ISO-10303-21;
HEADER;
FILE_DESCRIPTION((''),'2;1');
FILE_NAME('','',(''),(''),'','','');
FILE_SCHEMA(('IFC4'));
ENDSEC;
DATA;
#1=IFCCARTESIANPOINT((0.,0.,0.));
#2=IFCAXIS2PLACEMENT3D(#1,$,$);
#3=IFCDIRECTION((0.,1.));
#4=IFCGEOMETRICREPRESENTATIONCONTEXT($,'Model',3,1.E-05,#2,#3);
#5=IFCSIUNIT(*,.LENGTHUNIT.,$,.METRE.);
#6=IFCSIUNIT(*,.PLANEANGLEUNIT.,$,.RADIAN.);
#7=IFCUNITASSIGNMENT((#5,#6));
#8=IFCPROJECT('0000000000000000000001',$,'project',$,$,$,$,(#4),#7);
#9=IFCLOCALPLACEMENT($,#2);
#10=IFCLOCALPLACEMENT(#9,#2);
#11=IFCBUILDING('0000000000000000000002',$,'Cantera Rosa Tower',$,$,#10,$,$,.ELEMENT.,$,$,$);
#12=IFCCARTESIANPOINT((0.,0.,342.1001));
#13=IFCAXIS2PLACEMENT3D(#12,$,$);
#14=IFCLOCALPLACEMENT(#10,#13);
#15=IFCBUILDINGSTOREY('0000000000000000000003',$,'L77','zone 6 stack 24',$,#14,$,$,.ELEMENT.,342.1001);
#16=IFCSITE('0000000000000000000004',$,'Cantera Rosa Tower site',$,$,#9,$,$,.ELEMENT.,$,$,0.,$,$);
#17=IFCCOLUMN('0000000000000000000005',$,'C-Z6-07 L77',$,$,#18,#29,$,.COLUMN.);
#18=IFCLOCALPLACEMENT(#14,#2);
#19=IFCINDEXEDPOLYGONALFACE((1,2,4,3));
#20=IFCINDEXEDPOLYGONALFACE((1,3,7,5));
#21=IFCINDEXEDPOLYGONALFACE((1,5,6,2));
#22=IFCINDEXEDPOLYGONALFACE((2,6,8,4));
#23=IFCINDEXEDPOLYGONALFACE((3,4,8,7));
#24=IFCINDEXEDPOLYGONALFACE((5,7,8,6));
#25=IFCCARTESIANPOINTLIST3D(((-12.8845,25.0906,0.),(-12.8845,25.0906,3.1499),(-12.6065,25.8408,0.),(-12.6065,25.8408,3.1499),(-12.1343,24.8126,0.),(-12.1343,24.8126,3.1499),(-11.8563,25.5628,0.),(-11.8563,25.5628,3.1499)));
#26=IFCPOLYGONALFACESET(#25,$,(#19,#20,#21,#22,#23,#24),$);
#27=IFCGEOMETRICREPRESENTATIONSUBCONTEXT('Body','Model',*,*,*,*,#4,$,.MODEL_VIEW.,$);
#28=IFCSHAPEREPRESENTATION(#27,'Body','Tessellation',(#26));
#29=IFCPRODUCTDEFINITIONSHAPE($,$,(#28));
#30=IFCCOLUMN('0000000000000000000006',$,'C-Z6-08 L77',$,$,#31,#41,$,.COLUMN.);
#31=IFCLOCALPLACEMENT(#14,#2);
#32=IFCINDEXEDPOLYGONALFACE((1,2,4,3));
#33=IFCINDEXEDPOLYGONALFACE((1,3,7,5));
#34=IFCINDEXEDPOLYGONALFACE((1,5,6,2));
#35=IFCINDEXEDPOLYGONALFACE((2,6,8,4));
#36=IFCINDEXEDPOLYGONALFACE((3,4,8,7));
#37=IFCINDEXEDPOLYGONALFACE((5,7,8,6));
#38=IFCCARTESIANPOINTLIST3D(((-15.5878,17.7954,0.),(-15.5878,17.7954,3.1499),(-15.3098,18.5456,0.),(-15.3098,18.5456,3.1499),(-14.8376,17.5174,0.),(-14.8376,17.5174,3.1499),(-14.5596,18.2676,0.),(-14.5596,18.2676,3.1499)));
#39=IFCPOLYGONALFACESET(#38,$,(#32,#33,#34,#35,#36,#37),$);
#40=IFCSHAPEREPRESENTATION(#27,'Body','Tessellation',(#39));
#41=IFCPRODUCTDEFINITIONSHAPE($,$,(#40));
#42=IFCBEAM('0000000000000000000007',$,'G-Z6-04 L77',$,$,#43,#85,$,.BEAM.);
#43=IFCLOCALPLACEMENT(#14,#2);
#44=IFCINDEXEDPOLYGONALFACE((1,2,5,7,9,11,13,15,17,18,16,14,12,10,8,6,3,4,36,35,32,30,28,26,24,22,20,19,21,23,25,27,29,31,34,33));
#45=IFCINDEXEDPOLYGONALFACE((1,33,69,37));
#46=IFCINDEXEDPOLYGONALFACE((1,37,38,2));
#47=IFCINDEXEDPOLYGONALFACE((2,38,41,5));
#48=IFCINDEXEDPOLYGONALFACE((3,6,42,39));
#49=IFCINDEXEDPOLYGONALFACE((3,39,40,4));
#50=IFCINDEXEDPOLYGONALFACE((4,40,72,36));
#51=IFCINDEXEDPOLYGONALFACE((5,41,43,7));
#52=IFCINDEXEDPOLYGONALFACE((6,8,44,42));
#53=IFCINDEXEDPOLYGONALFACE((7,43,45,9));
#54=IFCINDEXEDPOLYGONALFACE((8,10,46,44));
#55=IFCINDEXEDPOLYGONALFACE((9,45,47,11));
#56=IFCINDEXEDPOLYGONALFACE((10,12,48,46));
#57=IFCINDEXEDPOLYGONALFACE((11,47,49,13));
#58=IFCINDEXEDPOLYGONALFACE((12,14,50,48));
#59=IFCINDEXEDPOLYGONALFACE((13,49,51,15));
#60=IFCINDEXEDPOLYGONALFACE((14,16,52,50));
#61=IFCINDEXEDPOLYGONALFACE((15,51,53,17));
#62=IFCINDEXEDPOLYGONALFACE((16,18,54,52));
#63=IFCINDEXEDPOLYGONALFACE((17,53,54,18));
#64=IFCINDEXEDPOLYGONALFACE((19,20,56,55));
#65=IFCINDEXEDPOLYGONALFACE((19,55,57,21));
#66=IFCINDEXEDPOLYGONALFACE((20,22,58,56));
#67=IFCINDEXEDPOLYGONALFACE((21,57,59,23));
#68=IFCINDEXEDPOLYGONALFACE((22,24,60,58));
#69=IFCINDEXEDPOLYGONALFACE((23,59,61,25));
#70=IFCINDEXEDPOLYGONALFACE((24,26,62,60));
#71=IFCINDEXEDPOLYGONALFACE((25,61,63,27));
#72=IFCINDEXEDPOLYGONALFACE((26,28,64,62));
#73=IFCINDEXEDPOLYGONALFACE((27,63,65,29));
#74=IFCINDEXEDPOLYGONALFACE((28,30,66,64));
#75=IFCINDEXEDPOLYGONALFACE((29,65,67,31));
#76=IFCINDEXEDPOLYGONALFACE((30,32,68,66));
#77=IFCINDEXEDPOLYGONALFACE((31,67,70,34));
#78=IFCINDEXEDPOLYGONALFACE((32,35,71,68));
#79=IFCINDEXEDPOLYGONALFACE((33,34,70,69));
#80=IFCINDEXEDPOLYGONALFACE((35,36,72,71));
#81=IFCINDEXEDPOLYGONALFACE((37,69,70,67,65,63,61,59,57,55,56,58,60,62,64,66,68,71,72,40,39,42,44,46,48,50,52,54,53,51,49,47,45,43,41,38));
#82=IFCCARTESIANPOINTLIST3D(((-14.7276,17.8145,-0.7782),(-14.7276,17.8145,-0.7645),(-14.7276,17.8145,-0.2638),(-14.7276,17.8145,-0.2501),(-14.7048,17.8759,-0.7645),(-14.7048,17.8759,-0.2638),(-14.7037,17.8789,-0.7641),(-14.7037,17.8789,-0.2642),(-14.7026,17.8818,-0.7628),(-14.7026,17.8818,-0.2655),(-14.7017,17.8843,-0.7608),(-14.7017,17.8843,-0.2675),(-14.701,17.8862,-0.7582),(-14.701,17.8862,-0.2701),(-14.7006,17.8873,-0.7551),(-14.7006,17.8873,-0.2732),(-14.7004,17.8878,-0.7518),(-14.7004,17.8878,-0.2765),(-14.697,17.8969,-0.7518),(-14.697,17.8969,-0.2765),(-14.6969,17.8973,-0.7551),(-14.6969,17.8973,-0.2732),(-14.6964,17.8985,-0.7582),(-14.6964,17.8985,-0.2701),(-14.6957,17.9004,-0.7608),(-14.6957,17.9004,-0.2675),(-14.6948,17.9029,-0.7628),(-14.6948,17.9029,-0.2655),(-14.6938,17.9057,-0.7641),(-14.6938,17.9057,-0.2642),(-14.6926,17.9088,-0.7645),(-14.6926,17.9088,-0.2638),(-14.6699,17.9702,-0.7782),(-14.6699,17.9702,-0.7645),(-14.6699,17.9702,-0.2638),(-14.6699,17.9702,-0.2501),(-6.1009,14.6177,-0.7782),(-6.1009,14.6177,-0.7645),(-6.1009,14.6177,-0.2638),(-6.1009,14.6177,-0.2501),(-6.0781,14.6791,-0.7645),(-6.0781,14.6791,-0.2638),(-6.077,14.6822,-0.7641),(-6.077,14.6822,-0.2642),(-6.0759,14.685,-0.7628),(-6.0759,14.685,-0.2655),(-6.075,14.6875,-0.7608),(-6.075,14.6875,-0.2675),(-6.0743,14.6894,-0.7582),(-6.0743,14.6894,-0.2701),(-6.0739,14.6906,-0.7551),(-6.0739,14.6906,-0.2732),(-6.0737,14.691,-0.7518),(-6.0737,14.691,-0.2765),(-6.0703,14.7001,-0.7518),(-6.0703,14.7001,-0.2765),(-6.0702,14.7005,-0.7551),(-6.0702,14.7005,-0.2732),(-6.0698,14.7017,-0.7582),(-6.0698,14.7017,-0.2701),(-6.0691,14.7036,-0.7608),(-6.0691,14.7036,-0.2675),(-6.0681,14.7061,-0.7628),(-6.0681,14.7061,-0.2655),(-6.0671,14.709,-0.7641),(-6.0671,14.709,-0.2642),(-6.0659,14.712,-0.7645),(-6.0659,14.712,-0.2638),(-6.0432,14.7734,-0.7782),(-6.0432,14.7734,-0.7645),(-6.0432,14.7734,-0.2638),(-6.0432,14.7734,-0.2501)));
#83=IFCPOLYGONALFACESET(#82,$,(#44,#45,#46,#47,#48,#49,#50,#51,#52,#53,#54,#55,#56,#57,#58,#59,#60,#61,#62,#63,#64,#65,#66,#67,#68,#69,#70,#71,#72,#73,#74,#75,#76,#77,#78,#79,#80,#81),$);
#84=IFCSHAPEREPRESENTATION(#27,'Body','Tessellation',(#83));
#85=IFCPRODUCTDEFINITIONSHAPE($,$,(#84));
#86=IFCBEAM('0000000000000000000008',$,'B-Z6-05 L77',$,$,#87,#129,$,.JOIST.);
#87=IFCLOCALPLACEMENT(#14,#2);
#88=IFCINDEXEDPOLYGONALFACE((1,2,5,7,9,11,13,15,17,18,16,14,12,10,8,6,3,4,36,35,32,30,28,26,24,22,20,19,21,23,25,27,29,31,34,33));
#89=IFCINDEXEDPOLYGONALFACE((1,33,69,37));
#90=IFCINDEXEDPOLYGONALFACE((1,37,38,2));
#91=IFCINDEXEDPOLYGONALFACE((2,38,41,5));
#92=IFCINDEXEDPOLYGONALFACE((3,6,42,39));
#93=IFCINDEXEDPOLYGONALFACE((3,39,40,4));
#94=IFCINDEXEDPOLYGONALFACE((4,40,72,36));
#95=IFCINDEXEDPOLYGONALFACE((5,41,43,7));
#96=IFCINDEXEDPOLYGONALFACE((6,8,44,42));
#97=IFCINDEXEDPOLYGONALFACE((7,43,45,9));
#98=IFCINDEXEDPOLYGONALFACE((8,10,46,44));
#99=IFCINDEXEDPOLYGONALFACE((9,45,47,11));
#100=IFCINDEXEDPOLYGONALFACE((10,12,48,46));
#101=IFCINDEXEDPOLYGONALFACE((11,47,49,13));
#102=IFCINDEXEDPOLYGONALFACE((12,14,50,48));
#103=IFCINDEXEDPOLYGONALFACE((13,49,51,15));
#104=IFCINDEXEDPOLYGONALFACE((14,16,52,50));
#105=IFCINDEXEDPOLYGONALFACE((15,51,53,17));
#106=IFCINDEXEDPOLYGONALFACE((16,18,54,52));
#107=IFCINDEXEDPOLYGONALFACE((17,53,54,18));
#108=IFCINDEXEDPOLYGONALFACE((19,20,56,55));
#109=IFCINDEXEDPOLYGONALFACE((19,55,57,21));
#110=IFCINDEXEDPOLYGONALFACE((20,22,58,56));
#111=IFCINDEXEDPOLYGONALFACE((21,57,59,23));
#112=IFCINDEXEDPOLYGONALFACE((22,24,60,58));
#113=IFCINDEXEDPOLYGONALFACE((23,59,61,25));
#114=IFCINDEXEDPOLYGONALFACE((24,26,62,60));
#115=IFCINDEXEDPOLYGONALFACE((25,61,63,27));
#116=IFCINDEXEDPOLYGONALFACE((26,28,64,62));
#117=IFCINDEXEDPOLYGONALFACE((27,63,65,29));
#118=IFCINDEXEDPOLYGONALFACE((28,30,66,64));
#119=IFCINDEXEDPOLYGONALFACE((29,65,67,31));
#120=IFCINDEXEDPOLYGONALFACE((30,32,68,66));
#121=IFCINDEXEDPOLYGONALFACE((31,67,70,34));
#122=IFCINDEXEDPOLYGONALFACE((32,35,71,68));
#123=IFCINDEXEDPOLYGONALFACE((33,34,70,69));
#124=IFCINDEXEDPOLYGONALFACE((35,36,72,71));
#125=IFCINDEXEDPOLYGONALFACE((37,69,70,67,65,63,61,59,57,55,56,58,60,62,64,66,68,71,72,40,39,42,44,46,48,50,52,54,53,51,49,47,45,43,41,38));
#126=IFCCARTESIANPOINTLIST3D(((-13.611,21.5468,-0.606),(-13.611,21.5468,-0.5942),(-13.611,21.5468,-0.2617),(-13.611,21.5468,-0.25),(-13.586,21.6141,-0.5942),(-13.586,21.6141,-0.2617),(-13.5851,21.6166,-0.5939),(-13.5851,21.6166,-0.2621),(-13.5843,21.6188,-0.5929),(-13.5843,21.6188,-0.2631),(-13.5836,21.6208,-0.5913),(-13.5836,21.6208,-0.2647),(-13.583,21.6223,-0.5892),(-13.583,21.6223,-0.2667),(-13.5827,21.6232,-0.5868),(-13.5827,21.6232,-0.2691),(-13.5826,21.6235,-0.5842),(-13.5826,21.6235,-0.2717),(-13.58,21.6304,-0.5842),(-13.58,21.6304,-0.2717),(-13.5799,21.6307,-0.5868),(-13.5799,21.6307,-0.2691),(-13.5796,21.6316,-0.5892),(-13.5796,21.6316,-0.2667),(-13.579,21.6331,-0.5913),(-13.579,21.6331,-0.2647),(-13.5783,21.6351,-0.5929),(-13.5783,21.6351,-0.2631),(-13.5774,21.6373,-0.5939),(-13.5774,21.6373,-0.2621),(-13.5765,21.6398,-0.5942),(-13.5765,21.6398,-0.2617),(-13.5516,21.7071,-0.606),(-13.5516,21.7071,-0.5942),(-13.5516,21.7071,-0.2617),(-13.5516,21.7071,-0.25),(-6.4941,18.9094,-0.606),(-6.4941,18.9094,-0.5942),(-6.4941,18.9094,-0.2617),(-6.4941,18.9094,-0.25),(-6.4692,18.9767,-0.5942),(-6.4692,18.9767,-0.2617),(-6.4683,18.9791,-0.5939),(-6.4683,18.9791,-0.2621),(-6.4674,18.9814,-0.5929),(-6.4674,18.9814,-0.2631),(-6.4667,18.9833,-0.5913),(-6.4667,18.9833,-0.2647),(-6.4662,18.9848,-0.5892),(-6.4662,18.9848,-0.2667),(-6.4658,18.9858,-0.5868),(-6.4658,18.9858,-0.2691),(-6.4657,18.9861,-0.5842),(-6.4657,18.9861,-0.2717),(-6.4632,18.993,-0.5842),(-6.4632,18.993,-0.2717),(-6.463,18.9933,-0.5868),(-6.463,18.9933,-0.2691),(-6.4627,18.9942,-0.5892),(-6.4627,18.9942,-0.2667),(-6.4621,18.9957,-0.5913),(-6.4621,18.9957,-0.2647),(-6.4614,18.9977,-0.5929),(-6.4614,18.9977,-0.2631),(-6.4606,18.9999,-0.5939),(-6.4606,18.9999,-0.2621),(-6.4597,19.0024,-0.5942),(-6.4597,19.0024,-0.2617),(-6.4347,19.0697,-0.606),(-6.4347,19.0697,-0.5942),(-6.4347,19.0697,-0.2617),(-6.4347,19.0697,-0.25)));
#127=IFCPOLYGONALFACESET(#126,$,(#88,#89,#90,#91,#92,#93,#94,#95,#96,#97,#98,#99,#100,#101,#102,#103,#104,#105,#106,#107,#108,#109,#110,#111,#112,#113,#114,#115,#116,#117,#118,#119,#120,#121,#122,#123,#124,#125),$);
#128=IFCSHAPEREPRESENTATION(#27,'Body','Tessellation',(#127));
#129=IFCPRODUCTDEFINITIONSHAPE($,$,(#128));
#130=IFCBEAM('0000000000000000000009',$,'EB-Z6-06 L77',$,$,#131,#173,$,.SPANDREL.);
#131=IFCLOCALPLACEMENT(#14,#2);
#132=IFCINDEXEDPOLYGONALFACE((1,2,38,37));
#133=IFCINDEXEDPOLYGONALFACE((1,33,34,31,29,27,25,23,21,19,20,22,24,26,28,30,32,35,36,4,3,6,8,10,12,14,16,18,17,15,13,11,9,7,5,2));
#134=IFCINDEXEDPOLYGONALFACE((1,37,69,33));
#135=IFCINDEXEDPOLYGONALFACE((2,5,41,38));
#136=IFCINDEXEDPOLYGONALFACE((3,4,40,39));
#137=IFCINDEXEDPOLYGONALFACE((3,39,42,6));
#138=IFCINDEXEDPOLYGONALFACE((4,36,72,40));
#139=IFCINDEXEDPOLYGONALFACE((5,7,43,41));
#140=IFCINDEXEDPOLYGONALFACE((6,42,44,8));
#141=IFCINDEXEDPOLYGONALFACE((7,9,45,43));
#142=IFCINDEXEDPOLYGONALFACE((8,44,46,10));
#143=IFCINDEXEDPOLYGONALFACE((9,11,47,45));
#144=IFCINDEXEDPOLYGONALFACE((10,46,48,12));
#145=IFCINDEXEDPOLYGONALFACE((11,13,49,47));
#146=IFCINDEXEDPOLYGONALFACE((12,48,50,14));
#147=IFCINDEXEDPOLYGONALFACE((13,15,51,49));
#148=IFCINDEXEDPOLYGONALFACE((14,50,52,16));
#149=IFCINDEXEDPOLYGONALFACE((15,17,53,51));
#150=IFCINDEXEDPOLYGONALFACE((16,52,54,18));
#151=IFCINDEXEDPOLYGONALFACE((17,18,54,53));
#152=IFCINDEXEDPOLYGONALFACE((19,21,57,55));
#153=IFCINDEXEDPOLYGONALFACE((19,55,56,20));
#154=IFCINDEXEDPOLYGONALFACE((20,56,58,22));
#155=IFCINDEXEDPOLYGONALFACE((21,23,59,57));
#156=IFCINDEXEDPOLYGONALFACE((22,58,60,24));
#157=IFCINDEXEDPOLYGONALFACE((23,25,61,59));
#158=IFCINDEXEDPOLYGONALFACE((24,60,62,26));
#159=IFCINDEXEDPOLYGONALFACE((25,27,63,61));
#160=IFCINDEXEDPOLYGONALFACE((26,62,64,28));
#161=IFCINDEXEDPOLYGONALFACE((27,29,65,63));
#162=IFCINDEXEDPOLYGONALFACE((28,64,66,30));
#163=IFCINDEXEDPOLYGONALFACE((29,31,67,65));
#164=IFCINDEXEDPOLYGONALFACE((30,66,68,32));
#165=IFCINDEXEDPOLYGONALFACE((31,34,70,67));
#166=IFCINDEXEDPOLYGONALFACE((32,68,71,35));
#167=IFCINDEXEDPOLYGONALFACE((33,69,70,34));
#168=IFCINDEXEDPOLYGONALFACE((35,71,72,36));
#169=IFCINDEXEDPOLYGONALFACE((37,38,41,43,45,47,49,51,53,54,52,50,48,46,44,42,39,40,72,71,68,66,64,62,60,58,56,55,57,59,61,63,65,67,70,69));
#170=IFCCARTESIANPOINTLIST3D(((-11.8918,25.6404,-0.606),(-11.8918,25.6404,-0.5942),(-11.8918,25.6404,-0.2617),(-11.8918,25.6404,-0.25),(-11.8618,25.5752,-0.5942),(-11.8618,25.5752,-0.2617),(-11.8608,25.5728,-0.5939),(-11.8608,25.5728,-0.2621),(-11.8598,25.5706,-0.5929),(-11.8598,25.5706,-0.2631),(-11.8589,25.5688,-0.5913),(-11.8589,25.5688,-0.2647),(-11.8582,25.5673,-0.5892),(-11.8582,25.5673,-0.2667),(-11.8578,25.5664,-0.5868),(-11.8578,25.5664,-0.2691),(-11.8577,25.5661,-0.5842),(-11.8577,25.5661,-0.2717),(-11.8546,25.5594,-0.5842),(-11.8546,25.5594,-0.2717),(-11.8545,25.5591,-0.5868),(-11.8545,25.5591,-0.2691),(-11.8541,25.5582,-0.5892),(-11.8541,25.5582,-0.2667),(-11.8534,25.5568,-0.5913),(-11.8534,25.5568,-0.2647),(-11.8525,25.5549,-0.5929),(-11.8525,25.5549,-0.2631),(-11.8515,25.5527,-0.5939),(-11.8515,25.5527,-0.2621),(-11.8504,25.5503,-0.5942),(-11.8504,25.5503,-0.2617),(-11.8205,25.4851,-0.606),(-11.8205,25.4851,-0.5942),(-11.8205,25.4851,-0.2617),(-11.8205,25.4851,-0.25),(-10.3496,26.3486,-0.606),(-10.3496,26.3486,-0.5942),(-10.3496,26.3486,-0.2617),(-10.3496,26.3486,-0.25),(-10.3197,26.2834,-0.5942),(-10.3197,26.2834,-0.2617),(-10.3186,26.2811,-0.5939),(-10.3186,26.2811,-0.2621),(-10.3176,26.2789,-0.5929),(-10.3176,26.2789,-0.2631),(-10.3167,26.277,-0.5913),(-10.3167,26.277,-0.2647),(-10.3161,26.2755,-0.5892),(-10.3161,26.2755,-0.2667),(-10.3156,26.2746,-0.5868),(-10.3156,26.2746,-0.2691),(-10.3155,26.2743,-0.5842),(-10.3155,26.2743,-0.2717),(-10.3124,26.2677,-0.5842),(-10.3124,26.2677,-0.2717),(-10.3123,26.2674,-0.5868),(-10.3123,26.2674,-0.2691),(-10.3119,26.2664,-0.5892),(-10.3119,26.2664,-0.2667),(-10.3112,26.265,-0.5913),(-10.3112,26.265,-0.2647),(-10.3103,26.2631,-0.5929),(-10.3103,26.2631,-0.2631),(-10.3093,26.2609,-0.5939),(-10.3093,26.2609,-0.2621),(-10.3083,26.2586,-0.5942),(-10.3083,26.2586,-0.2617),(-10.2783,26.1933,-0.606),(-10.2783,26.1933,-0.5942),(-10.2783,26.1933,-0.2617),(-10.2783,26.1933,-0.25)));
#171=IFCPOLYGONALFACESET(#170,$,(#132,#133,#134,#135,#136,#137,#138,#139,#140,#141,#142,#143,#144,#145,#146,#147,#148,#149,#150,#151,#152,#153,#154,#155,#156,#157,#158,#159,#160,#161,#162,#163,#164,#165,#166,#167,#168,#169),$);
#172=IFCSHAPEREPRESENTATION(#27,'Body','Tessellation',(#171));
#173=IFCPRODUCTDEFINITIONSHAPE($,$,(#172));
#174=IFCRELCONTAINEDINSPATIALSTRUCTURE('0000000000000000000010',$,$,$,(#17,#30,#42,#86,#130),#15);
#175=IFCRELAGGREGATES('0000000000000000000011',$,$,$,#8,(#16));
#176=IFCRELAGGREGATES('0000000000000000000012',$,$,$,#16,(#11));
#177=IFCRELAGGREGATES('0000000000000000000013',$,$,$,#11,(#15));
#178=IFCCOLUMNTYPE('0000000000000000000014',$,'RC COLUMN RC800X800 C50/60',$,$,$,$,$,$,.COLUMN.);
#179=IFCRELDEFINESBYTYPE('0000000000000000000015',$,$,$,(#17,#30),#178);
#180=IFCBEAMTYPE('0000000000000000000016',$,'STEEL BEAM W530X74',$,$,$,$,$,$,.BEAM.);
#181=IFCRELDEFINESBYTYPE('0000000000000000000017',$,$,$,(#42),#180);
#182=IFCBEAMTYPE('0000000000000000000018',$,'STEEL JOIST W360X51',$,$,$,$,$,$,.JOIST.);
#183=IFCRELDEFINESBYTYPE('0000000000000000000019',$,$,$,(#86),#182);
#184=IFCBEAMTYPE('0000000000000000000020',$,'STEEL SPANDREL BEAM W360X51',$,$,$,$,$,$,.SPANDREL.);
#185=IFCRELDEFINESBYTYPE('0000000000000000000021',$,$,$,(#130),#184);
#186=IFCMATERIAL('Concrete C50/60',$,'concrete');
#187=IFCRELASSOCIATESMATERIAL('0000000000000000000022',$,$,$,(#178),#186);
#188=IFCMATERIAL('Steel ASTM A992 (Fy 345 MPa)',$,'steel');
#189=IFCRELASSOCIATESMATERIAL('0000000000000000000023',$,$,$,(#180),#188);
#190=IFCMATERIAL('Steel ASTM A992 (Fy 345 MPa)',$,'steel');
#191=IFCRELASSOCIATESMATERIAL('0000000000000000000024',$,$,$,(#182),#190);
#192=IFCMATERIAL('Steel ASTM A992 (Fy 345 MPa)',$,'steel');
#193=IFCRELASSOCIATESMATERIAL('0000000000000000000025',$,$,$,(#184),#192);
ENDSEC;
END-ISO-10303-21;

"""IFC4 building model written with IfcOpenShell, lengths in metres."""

from ifc_helpers import new_model, si_unit, direction, frame, origin, origin_2d, place, context, subcontext, project, spatial, rectangle, i_section, extrude, material, material_profile, profile_set, type_object, element, save


model = new_model("IFC4")

# Units and contexts
model_context = context("Model", 3, precision=1e-05, world=origin(), true_north=direction((0.0, 1.0)))
body_context = subcontext(model_context, "Body", "Model", "MODEL_VIEW")
ifc_project = project(units=[si_unit("LENGTHUNIT", "METRE"), si_unit("PLANEANGLEUNIT", "RADIAN")], contexts=[model_context])

# Site, building, storey
site_placement = place(None, origin())
site = spatial("IfcSite", under=ifc_project, at=site_placement, Name="Cantera Rosa Tower site", CompositionType="ELEMENT", RefElevation=0.0)
building_placement = place(site_placement, origin())
building = spatial("IfcBuilding", under=site, at=building_placement, Name="Cantera Rosa Tower", CompositionType="ELEMENT")
storey_placement = place(building_placement, frame((0.0, 0.0, 342.1001)))
storey = spatial("IfcBuildingStorey", under=building, at=storey_placement, Name="L77", Description="zone 6 stack 24", CompositionType="ELEMENT", Elevation=342.1001)

# Columns
ifc_material_1 = material(Name="Concrete C50/60", Category="concrete")
ifc_material_profile_1 = material_profile(ifc_material_1, rectangle(XDim=0.8, YDim=0.8, at=origin_2d()), Name="RC COLUMN RC800X800 C50/60")
ifc_profile_set_1 = profile_set([ifc_material_profile_1], Name="Concrete C50/60")
column_type = type_object("IfcColumnType", Name="RC COLUMN RC800X800 C50/60", PredefinedType="COLUMN", material=ifc_profile_set_1)
for number, where, z_axis, x_axis, name in (
    (1, (-12.3704, 25.3267, 0.0), (0.0, 0.0, 1.0), (0.347481, 0.937687, 0.0), "C-Z6-07 L77"),
    (2, (-15.0737, 18.0315, 0.0), (0.0, 0.0, 1.0), (0.347481, 0.937687, 0.0), "C-Z6-08 L77"),
):
    element("IfcColumn", number, at=place(storey_placement, frame(where, z_axis=z_axis, x_axis=x_axis)), inside=storey, type_object=column_type, Name=name, PredefinedType="COLUMN", context=body_context, shape_type="SweptSolid", body=[
        extrude(rectangle(XDim=0.8, YDim=0.8, at=origin_2d()), origin(), (0.0, 0.0, 1.0), 3.1499),
    ])

# Beams
ifc_material_2 = material(Name="Steel ASTM A992 (Fy 345 MPa)", Category="steel")
ifc_material_profile_2 = material_profile(ifc_material_2, i_section(OverallWidth=0.166, OverallDepth=0.5281, WebThickness=0.0098, FlangeThickness=0.0137, FilletRadius=0.0127, at=origin_2d()), Name="W530X74")
ifc_profile_set_2 = profile_set([ifc_material_profile_2], Name="Steel ASTM A992 (Fy 345 MPa)")
beam_type_1 = type_object("IfcBeamType", Name="STEEL BEAM W530X74", PredefinedType="BEAM", material=ifc_profile_set_2)
beam_1_placement = place(storey_placement, frame((-14.6987, 17.8923, -0.5142), z_axis=(0.937689, -0.347477, 0.0), x_axis=(0.347477, 0.937689, 0.0)))
element("IfcBeam", 3, at=beam_1_placement, inside=storey, type_object=beam_type_1, Name="G-Z6-04 L77", PredefinedType="BEAM", context=body_context, shape_type="SweptSolid", body=[
    extrude(i_section(OverallWidth=0.166, OverallDepth=0.5281, WebThickness=0.0098, FlangeThickness=0.0137, FilletRadius=0.0127, at=origin_2d()), origin(), (0.0, 0.0, 1.0), 9.2),
])
ifc_material_3 = material(Name="Steel ASTM A992 (Fy 345 MPa)", Category="steel")
ifc_material_profile_3 = material_profile(ifc_material_3, i_section(OverallWidth=0.1709, OverallDepth=0.356, WebThickness=0.0073, FlangeThickness=0.0117, FilletRadius=0.01, at=origin_2d()), Name="W360X51")
ifc_profile_set_3 = profile_set([ifc_material_profile_3], Name="Steel ASTM A992 (Fy 345 MPa)")
beam_type_2 = type_object("IfcBeamType", Name="STEEL JOIST W360X51", PredefinedType="JOIST", material=ifc_profile_set_3)
beam_2_placement = place(storey_placement, frame((-13.5813, 21.627, -0.428), z_axis=(0.937682, -0.347493, 0.0), x_axis=(0.347493, 0.937682, 0.0)))
element("IfcBeam", 4, at=beam_2_placement, inside=storey, type_object=beam_type_2, Name="B-Z6-05 L77", PredefinedType="JOIST", context=body_context, shape_type="SweptSolid", body=[
    extrude(i_section(OverallWidth=0.1709, OverallDepth=0.356, WebThickness=0.0073, FlangeThickness=0.0117, FilletRadius=0.01, at=origin_2d()), origin(), (0.0, 0.0, 1.0), 7.5898),
])
ifc_material_4 = material(Name="Steel ASTM A992 (Fy 345 MPa)", Category="steel")
ifc_material_profile_4 = material_profile(ifc_material_4, i_section(OverallWidth=0.1709, OverallDepth=0.356, WebThickness=0.0073, FlangeThickness=0.0117, FilletRadius=0.01, at=origin_2d()), Name="W360X51")
ifc_profile_set_4 = profile_set([ifc_material_profile_4], Name="Steel ASTM A992 (Fy 345 MPa)")
beam_type_3 = type_object("IfcBeamType", Name="STEEL SPANDREL BEAM W360X51", PredefinedType="SPANDREL", material=ifc_profile_set_4)
beam_3_placement = place(storey_placement, frame((-10.314, 26.271, -0.428), z_axis=(-0.908754, -0.417333, 0.0), x_axis=(0.417333, -0.908754, 0.0)))
element("IfcBeam", 5, at=beam_3_placement, inside=storey, type_object=beam_type_3, Name="EB-Z6-06 L77", PredefinedType="SPANDREL", context=body_context, shape_type="SweptSolid", body=[
    extrude(i_section(OverallWidth=0.1709, OverallDepth=0.356, WebThickness=0.0073, FlangeThickness=0.0117, FilletRadius=0.01, at=origin_2d()), origin(), (0.0, 0.0, 1.0), 1.697),
])

save(model, "model.ifc")
